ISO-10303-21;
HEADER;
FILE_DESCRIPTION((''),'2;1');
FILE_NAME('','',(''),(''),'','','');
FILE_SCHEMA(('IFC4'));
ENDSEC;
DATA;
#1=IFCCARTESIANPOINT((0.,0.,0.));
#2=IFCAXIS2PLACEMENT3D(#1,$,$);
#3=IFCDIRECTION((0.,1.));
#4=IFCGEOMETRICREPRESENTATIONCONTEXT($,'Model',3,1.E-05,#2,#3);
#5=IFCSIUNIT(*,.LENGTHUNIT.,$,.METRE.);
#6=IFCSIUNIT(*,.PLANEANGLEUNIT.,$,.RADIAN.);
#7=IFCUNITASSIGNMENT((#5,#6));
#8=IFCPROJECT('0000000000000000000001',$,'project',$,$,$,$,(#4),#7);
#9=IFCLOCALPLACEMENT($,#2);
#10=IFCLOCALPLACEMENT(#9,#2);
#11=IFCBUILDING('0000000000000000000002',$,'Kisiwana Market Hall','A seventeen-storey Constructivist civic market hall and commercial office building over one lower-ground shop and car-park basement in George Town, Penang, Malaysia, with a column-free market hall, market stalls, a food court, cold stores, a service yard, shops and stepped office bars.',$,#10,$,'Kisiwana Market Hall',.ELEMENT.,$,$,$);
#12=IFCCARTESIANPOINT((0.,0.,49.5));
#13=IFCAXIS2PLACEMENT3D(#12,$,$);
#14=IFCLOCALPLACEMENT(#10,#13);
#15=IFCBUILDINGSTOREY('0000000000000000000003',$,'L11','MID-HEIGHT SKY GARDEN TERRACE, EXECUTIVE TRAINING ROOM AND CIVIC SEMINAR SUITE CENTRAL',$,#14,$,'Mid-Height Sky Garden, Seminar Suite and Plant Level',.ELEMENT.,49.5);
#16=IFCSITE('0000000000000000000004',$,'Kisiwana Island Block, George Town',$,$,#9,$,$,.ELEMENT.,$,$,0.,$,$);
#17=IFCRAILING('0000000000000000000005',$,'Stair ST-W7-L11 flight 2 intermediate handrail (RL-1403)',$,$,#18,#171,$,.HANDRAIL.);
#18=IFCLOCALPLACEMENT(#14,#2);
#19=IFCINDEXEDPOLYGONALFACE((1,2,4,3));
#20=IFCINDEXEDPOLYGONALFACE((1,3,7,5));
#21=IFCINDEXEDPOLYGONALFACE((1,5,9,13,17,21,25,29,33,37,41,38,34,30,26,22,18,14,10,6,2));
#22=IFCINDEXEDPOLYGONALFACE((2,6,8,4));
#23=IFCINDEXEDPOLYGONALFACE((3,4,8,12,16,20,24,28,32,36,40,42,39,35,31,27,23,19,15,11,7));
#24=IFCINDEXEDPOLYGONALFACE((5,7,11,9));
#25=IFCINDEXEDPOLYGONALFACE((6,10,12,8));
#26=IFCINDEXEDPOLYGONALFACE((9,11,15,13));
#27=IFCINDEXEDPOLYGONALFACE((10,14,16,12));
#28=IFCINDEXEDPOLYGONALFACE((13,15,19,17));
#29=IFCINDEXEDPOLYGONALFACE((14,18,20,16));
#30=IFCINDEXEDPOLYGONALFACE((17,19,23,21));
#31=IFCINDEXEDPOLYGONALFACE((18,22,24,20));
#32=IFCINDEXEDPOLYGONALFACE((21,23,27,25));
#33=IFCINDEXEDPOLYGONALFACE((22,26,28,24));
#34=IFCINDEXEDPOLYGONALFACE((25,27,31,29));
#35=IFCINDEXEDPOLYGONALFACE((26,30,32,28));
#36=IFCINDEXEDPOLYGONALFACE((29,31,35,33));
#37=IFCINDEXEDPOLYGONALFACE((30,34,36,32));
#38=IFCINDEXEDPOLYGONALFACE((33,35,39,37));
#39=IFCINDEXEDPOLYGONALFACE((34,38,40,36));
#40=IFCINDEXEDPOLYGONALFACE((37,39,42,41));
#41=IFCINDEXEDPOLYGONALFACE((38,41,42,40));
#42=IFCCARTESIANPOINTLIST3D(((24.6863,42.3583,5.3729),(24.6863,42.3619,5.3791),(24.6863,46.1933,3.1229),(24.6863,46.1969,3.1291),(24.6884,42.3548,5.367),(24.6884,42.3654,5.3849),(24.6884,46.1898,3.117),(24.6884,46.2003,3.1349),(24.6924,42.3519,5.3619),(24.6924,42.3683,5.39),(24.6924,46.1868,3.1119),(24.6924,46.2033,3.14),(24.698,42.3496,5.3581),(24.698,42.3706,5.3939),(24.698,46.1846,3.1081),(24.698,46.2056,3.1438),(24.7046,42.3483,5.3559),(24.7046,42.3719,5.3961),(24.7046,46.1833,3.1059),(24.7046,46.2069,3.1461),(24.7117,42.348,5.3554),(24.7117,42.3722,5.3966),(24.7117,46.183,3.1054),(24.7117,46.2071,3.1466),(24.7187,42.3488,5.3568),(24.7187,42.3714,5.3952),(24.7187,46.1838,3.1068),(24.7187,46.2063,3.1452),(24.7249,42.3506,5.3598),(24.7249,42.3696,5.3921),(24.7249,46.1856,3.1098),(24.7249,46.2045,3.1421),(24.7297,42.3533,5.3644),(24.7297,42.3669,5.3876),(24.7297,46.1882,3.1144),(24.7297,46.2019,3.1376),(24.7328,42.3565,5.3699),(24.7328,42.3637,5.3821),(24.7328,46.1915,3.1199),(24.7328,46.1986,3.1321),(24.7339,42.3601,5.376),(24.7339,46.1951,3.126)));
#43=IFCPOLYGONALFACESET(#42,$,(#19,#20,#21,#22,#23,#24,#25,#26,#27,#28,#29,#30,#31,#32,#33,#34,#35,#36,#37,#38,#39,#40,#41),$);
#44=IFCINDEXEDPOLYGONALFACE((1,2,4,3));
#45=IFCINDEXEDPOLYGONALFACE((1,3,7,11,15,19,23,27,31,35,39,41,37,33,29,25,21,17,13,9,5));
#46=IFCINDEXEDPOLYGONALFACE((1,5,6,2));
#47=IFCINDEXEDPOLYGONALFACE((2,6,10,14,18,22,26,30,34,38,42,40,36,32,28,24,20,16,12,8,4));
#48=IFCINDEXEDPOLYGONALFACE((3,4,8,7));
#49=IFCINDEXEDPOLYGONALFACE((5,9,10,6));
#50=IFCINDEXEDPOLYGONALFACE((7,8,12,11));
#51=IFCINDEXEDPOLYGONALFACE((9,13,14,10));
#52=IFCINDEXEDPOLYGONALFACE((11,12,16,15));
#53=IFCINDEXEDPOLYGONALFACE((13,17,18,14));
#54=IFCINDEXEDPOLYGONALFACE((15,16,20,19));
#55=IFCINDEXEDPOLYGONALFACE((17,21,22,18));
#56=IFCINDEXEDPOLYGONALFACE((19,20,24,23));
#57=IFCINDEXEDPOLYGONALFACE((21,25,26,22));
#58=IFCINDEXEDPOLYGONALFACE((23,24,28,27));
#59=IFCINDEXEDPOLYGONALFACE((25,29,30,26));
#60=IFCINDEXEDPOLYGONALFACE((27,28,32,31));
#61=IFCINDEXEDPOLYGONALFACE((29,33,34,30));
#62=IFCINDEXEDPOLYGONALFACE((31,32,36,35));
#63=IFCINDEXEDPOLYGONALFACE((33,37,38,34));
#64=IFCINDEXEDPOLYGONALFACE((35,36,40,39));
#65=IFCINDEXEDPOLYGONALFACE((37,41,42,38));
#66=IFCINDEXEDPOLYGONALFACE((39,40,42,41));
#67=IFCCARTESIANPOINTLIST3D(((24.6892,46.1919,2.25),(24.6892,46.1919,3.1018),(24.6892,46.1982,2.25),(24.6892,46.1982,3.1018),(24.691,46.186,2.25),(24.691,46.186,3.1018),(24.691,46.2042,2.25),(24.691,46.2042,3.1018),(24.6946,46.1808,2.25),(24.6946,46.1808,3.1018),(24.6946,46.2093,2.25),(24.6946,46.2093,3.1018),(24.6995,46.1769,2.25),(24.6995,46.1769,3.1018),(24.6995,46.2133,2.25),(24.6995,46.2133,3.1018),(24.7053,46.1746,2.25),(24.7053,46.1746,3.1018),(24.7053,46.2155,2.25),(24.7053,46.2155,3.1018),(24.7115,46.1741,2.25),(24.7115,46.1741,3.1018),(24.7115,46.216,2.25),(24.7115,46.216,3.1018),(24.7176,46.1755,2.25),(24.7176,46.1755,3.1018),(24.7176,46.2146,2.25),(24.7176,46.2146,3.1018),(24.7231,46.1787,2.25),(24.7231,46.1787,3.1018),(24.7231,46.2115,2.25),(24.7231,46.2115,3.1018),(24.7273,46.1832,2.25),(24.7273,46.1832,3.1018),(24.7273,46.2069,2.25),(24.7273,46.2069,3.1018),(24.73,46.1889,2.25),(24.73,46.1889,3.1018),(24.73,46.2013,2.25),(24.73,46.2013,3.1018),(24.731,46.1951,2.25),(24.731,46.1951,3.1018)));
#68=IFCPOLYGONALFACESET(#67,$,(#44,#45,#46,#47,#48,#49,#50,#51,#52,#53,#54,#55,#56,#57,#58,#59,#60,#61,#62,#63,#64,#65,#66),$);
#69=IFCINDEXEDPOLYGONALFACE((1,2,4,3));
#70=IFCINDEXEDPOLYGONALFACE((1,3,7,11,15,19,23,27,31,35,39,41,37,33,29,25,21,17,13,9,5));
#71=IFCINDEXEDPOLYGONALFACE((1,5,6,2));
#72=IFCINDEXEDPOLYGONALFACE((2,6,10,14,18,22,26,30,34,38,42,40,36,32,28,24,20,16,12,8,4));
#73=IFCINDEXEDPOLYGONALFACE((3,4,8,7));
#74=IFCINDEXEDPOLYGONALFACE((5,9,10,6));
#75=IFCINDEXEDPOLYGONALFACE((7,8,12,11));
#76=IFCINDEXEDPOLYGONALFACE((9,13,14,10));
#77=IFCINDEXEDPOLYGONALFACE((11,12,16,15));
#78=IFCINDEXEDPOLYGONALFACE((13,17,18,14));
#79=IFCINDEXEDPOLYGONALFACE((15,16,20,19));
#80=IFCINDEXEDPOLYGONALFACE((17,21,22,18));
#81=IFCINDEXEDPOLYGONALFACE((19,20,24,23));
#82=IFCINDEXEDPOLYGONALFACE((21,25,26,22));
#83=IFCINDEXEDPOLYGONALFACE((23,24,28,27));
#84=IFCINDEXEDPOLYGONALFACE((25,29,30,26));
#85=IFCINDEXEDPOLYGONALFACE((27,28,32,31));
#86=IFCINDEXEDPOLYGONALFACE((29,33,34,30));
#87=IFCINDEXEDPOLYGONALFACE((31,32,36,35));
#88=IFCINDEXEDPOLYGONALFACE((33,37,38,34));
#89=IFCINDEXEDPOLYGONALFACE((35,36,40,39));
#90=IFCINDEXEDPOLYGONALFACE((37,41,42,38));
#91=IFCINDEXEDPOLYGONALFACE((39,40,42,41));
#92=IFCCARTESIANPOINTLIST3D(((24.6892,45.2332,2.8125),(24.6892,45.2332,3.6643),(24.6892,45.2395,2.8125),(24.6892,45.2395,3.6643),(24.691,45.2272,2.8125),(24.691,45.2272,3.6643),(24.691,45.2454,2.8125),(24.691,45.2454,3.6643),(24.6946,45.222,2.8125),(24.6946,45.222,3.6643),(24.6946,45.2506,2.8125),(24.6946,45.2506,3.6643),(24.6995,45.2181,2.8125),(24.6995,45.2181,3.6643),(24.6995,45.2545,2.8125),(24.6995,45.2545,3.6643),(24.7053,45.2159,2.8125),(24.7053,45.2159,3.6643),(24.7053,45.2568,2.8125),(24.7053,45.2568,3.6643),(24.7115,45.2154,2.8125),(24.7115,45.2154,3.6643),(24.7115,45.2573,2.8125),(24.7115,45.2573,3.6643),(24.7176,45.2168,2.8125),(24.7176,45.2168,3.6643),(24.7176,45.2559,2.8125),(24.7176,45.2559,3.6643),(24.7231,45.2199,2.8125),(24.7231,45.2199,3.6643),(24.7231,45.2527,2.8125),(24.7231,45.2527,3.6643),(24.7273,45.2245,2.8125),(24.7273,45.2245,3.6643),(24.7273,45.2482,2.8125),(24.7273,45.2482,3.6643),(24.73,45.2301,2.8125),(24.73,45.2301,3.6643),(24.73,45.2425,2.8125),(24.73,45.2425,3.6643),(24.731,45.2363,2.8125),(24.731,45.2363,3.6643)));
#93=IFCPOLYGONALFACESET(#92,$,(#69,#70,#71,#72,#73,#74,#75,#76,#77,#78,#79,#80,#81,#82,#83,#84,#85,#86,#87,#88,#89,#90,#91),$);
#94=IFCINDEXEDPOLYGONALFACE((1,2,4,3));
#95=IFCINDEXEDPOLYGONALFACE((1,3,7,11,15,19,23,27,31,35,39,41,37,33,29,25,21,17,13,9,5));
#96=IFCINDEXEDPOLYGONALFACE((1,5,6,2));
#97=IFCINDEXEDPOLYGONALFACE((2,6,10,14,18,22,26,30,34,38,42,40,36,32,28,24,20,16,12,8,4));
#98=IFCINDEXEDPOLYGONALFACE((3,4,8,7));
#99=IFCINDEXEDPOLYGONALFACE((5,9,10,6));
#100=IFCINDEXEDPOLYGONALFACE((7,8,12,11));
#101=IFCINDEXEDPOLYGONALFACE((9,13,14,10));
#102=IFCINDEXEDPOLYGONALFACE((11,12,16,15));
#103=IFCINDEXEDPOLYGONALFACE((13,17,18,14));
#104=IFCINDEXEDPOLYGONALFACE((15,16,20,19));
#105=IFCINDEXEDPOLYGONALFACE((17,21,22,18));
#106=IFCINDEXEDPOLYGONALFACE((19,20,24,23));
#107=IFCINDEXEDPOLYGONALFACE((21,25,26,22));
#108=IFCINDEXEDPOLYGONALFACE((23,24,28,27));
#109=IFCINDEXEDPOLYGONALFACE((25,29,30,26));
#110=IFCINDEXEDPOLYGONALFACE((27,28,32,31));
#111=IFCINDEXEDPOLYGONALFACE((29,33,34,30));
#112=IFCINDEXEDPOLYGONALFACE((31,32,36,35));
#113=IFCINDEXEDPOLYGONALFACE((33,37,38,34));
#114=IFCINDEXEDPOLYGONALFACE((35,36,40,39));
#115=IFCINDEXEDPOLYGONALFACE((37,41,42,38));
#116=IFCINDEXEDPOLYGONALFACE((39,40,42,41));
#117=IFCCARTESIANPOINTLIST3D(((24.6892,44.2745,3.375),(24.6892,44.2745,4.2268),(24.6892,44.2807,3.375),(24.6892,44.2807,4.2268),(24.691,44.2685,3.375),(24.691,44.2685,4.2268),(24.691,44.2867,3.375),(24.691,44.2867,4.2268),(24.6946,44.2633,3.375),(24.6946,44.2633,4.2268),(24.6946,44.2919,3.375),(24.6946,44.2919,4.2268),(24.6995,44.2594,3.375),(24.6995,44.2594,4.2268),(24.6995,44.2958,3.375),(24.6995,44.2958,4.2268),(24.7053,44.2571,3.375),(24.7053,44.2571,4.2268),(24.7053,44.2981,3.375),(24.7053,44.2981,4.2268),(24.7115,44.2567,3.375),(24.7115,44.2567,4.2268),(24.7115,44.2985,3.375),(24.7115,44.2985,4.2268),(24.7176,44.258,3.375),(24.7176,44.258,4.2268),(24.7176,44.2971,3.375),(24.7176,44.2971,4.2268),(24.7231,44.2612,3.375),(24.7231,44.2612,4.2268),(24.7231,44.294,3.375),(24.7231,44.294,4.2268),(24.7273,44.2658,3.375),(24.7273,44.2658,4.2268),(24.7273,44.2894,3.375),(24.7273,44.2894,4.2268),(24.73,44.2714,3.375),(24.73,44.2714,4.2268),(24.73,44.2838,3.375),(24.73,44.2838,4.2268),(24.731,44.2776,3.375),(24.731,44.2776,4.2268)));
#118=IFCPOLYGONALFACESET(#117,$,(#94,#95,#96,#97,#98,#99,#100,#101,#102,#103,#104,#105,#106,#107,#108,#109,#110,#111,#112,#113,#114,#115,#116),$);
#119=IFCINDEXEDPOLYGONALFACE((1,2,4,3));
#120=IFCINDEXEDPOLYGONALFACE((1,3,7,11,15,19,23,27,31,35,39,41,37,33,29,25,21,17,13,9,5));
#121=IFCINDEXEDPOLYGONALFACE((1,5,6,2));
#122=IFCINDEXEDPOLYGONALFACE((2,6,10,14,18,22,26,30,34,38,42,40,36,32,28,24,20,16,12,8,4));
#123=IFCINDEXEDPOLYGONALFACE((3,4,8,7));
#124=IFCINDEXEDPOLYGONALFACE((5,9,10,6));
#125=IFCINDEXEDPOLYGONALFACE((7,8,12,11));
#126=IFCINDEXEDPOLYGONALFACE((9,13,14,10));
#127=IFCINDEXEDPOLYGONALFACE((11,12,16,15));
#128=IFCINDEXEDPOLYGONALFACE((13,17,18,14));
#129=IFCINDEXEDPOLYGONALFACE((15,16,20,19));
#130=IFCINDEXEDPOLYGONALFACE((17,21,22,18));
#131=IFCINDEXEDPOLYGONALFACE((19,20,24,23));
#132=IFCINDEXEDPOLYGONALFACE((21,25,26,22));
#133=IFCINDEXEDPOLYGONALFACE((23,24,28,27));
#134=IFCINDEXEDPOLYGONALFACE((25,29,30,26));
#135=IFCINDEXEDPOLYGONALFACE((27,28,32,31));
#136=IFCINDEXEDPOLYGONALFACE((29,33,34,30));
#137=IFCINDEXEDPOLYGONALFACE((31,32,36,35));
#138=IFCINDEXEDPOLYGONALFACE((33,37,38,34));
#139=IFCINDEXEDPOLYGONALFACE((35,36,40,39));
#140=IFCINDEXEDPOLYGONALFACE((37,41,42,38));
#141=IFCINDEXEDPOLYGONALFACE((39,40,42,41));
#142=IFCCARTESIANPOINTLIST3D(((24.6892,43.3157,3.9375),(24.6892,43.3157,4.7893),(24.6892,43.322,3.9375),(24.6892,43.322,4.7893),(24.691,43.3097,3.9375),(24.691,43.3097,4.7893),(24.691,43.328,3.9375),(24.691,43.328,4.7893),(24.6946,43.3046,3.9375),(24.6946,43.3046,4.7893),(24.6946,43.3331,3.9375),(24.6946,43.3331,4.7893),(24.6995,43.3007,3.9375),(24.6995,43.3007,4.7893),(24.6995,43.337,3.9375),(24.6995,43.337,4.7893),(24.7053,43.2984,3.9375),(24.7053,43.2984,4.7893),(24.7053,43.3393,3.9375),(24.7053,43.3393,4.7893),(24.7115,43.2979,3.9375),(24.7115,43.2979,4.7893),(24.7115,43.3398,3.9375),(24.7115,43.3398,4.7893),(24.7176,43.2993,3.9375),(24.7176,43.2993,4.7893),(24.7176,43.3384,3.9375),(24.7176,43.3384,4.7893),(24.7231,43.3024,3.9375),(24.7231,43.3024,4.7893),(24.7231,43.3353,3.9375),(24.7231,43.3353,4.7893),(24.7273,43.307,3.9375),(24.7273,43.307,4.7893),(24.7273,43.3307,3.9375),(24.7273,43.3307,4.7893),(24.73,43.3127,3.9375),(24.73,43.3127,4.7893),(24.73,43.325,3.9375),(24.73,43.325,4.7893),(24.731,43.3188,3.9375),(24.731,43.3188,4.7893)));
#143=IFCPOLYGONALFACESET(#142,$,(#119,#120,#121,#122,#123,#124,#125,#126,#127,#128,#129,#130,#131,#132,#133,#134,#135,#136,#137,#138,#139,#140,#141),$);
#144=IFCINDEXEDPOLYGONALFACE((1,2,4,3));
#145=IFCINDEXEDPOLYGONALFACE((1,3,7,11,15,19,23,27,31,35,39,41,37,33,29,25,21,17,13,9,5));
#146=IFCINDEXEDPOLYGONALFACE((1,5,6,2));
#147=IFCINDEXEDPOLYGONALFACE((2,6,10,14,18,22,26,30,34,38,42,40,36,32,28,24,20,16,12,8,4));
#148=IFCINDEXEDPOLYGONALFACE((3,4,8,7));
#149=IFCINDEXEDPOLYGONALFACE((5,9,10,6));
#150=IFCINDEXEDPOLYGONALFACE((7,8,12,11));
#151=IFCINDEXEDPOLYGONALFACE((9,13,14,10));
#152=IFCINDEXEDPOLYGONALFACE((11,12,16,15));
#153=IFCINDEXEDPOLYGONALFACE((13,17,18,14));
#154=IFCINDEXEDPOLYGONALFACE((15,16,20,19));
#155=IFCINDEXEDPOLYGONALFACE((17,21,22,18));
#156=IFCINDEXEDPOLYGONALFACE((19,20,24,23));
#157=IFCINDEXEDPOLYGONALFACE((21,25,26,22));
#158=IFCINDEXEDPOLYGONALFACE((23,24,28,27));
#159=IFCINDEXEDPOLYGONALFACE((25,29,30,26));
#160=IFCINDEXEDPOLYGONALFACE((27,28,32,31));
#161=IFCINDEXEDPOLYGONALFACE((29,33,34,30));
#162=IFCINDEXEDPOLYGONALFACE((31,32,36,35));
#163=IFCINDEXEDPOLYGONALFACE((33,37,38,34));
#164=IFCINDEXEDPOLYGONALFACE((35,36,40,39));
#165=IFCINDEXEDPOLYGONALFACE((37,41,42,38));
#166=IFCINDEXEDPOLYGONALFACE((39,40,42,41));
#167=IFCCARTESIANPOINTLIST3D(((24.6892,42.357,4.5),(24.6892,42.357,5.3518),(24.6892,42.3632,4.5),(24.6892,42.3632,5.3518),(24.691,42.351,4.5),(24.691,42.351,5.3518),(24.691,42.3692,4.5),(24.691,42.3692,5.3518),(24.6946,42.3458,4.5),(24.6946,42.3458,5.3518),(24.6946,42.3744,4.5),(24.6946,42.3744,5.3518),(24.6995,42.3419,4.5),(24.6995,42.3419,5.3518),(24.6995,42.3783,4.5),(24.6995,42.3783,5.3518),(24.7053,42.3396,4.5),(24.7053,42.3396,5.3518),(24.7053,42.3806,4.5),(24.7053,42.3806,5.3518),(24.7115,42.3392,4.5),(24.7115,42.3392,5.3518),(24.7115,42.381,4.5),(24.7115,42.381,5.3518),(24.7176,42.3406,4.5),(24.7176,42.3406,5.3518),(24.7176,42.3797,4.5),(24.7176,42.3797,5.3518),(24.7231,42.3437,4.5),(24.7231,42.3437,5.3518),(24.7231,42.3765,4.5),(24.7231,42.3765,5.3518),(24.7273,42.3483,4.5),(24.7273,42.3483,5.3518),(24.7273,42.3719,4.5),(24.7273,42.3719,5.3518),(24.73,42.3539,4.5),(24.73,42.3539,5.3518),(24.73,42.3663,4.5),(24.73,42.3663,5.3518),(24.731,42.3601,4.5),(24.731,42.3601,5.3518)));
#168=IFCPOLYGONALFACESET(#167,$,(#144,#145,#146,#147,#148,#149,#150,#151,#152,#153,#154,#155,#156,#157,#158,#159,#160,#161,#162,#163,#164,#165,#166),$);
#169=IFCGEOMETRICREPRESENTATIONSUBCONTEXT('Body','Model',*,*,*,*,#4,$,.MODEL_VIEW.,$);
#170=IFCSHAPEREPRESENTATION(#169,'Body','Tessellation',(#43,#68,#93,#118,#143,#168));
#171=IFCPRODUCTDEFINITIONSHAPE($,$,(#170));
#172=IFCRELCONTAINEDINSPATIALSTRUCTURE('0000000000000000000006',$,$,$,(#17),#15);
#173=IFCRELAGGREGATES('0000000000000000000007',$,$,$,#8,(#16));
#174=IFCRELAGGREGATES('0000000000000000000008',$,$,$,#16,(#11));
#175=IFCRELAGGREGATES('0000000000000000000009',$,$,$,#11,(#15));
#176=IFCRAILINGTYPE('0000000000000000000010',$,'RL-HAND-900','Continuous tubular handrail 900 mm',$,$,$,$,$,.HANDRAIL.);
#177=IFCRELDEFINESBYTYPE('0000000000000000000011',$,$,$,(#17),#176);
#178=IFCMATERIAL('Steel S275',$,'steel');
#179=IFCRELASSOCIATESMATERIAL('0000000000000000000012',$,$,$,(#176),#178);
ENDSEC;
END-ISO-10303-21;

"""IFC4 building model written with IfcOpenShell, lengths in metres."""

from ifc_helpers import new_model, si_unit, direction, frame, origin, origin_2d, place, context, subcontext, project, spatial, circle, extrude, material, type_object, element, save


model = new_model("IFC4")

# Units and contexts
model_context = context("Model", 3, precision=1e-05, world=origin(), true_north=direction((0.0, 1.0)))
body_context = subcontext(model_context, "Body", "Model", "MODEL_VIEW")
ifc_project = project(units=[si_unit("LENGTHUNIT", "METRE"), si_unit("PLANEANGLEUNIT", "RADIAN")], contexts=[model_context])

# Site, building, storey
site_placement = place(None, origin())
site = spatial("IfcSite", under=ifc_project, at=site_placement, Name="Kisiwana Island Block, George Town", CompositionType="ELEMENT", RefElevation=0.0)
building_placement = place(site_placement, origin())
building = spatial("IfcBuilding", under=site, at=building_placement, Name="Kisiwana Market Hall", Description="A seventeen-storey Constructivist civic market hall and commercial office building over one lower-ground shop and car-park basement in George Town, Penang, Malaysia, with a column-free market hall, market stalls, a food court, cold stores, a service yard, shops and stepped office bars.", LongName="Kisiwana Market Hall", CompositionType="ELEMENT")
storey_placement = place(building_placement, frame((0.0, 0.0, 49.5)))
storey = spatial("IfcBuildingStorey", under=building, at=storey_placement, Name="L11", Description="MID-HEIGHT SKY GARDEN TERRACE, EXECUTIVE TRAINING ROOM AND CIVIC SEMINAR SUITE CENTRAL", LongName="Mid-Height Sky Garden, Seminar Suite and Plant Level", CompositionType="ELEMENT", Elevation=49.5)

# Railing
ifc_material_1 = material(Name="Steel S275", Category="steel")
railing_type_1 = type_object("IfcRailingType", Name="RL-HAND-900", Description="Continuous tubular handrail 900 mm", PredefinedType="HANDRAIL", material=ifc_material_1)
railing_1_placement = place(storey_placement, frame((24.71, 46.1951, 2.25)))
element("IfcRailing", 1, at=railing_1_placement, inside=storey, type_object=railing_type_1, Name="Stair ST-W7-L11 flight 2 intermediate handrail (RL-1403)", PredefinedType="HANDRAIL", context=body_context, shape_type="SweptSolid", body=[
    extrude(circle(Radius=0.0239, at=origin_2d()), frame((0.0, 0.0, 0.876), z_axis=(0.0, -0.86251, 0.506041), x_axis=(1.0, 0.0, 0.0)), (0.0, 0.0, 1.0), 4.4463),
    extrude(circle(Radius=0.021, at=origin_2d()), origin(), (0.0, 0.0, 1.0), 0.8518),
    extrude(circle(Radius=0.021, at=origin_2d()), frame((0.0, -0.9587, 0.5625)), (0.0, 0.0, 1.0), 0.8518),
    extrude(circle(Radius=0.021, at=origin_2d()), frame((0.0, -1.9175, 1.125)), (0.0, 0.0, 1.0), 0.8518),
    extrude(circle(Radius=0.021, at=origin_2d()), frame((0.0, -2.8762, 1.6875)), (0.0, 0.0, 1.0), 0.8518),
    extrude(circle(Radius=0.021, at=origin_2d()), frame((0.0, -3.835, 2.25)), (0.0, 0.0, 1.0), 0.8518),
])

save(model, "model.ifc")
